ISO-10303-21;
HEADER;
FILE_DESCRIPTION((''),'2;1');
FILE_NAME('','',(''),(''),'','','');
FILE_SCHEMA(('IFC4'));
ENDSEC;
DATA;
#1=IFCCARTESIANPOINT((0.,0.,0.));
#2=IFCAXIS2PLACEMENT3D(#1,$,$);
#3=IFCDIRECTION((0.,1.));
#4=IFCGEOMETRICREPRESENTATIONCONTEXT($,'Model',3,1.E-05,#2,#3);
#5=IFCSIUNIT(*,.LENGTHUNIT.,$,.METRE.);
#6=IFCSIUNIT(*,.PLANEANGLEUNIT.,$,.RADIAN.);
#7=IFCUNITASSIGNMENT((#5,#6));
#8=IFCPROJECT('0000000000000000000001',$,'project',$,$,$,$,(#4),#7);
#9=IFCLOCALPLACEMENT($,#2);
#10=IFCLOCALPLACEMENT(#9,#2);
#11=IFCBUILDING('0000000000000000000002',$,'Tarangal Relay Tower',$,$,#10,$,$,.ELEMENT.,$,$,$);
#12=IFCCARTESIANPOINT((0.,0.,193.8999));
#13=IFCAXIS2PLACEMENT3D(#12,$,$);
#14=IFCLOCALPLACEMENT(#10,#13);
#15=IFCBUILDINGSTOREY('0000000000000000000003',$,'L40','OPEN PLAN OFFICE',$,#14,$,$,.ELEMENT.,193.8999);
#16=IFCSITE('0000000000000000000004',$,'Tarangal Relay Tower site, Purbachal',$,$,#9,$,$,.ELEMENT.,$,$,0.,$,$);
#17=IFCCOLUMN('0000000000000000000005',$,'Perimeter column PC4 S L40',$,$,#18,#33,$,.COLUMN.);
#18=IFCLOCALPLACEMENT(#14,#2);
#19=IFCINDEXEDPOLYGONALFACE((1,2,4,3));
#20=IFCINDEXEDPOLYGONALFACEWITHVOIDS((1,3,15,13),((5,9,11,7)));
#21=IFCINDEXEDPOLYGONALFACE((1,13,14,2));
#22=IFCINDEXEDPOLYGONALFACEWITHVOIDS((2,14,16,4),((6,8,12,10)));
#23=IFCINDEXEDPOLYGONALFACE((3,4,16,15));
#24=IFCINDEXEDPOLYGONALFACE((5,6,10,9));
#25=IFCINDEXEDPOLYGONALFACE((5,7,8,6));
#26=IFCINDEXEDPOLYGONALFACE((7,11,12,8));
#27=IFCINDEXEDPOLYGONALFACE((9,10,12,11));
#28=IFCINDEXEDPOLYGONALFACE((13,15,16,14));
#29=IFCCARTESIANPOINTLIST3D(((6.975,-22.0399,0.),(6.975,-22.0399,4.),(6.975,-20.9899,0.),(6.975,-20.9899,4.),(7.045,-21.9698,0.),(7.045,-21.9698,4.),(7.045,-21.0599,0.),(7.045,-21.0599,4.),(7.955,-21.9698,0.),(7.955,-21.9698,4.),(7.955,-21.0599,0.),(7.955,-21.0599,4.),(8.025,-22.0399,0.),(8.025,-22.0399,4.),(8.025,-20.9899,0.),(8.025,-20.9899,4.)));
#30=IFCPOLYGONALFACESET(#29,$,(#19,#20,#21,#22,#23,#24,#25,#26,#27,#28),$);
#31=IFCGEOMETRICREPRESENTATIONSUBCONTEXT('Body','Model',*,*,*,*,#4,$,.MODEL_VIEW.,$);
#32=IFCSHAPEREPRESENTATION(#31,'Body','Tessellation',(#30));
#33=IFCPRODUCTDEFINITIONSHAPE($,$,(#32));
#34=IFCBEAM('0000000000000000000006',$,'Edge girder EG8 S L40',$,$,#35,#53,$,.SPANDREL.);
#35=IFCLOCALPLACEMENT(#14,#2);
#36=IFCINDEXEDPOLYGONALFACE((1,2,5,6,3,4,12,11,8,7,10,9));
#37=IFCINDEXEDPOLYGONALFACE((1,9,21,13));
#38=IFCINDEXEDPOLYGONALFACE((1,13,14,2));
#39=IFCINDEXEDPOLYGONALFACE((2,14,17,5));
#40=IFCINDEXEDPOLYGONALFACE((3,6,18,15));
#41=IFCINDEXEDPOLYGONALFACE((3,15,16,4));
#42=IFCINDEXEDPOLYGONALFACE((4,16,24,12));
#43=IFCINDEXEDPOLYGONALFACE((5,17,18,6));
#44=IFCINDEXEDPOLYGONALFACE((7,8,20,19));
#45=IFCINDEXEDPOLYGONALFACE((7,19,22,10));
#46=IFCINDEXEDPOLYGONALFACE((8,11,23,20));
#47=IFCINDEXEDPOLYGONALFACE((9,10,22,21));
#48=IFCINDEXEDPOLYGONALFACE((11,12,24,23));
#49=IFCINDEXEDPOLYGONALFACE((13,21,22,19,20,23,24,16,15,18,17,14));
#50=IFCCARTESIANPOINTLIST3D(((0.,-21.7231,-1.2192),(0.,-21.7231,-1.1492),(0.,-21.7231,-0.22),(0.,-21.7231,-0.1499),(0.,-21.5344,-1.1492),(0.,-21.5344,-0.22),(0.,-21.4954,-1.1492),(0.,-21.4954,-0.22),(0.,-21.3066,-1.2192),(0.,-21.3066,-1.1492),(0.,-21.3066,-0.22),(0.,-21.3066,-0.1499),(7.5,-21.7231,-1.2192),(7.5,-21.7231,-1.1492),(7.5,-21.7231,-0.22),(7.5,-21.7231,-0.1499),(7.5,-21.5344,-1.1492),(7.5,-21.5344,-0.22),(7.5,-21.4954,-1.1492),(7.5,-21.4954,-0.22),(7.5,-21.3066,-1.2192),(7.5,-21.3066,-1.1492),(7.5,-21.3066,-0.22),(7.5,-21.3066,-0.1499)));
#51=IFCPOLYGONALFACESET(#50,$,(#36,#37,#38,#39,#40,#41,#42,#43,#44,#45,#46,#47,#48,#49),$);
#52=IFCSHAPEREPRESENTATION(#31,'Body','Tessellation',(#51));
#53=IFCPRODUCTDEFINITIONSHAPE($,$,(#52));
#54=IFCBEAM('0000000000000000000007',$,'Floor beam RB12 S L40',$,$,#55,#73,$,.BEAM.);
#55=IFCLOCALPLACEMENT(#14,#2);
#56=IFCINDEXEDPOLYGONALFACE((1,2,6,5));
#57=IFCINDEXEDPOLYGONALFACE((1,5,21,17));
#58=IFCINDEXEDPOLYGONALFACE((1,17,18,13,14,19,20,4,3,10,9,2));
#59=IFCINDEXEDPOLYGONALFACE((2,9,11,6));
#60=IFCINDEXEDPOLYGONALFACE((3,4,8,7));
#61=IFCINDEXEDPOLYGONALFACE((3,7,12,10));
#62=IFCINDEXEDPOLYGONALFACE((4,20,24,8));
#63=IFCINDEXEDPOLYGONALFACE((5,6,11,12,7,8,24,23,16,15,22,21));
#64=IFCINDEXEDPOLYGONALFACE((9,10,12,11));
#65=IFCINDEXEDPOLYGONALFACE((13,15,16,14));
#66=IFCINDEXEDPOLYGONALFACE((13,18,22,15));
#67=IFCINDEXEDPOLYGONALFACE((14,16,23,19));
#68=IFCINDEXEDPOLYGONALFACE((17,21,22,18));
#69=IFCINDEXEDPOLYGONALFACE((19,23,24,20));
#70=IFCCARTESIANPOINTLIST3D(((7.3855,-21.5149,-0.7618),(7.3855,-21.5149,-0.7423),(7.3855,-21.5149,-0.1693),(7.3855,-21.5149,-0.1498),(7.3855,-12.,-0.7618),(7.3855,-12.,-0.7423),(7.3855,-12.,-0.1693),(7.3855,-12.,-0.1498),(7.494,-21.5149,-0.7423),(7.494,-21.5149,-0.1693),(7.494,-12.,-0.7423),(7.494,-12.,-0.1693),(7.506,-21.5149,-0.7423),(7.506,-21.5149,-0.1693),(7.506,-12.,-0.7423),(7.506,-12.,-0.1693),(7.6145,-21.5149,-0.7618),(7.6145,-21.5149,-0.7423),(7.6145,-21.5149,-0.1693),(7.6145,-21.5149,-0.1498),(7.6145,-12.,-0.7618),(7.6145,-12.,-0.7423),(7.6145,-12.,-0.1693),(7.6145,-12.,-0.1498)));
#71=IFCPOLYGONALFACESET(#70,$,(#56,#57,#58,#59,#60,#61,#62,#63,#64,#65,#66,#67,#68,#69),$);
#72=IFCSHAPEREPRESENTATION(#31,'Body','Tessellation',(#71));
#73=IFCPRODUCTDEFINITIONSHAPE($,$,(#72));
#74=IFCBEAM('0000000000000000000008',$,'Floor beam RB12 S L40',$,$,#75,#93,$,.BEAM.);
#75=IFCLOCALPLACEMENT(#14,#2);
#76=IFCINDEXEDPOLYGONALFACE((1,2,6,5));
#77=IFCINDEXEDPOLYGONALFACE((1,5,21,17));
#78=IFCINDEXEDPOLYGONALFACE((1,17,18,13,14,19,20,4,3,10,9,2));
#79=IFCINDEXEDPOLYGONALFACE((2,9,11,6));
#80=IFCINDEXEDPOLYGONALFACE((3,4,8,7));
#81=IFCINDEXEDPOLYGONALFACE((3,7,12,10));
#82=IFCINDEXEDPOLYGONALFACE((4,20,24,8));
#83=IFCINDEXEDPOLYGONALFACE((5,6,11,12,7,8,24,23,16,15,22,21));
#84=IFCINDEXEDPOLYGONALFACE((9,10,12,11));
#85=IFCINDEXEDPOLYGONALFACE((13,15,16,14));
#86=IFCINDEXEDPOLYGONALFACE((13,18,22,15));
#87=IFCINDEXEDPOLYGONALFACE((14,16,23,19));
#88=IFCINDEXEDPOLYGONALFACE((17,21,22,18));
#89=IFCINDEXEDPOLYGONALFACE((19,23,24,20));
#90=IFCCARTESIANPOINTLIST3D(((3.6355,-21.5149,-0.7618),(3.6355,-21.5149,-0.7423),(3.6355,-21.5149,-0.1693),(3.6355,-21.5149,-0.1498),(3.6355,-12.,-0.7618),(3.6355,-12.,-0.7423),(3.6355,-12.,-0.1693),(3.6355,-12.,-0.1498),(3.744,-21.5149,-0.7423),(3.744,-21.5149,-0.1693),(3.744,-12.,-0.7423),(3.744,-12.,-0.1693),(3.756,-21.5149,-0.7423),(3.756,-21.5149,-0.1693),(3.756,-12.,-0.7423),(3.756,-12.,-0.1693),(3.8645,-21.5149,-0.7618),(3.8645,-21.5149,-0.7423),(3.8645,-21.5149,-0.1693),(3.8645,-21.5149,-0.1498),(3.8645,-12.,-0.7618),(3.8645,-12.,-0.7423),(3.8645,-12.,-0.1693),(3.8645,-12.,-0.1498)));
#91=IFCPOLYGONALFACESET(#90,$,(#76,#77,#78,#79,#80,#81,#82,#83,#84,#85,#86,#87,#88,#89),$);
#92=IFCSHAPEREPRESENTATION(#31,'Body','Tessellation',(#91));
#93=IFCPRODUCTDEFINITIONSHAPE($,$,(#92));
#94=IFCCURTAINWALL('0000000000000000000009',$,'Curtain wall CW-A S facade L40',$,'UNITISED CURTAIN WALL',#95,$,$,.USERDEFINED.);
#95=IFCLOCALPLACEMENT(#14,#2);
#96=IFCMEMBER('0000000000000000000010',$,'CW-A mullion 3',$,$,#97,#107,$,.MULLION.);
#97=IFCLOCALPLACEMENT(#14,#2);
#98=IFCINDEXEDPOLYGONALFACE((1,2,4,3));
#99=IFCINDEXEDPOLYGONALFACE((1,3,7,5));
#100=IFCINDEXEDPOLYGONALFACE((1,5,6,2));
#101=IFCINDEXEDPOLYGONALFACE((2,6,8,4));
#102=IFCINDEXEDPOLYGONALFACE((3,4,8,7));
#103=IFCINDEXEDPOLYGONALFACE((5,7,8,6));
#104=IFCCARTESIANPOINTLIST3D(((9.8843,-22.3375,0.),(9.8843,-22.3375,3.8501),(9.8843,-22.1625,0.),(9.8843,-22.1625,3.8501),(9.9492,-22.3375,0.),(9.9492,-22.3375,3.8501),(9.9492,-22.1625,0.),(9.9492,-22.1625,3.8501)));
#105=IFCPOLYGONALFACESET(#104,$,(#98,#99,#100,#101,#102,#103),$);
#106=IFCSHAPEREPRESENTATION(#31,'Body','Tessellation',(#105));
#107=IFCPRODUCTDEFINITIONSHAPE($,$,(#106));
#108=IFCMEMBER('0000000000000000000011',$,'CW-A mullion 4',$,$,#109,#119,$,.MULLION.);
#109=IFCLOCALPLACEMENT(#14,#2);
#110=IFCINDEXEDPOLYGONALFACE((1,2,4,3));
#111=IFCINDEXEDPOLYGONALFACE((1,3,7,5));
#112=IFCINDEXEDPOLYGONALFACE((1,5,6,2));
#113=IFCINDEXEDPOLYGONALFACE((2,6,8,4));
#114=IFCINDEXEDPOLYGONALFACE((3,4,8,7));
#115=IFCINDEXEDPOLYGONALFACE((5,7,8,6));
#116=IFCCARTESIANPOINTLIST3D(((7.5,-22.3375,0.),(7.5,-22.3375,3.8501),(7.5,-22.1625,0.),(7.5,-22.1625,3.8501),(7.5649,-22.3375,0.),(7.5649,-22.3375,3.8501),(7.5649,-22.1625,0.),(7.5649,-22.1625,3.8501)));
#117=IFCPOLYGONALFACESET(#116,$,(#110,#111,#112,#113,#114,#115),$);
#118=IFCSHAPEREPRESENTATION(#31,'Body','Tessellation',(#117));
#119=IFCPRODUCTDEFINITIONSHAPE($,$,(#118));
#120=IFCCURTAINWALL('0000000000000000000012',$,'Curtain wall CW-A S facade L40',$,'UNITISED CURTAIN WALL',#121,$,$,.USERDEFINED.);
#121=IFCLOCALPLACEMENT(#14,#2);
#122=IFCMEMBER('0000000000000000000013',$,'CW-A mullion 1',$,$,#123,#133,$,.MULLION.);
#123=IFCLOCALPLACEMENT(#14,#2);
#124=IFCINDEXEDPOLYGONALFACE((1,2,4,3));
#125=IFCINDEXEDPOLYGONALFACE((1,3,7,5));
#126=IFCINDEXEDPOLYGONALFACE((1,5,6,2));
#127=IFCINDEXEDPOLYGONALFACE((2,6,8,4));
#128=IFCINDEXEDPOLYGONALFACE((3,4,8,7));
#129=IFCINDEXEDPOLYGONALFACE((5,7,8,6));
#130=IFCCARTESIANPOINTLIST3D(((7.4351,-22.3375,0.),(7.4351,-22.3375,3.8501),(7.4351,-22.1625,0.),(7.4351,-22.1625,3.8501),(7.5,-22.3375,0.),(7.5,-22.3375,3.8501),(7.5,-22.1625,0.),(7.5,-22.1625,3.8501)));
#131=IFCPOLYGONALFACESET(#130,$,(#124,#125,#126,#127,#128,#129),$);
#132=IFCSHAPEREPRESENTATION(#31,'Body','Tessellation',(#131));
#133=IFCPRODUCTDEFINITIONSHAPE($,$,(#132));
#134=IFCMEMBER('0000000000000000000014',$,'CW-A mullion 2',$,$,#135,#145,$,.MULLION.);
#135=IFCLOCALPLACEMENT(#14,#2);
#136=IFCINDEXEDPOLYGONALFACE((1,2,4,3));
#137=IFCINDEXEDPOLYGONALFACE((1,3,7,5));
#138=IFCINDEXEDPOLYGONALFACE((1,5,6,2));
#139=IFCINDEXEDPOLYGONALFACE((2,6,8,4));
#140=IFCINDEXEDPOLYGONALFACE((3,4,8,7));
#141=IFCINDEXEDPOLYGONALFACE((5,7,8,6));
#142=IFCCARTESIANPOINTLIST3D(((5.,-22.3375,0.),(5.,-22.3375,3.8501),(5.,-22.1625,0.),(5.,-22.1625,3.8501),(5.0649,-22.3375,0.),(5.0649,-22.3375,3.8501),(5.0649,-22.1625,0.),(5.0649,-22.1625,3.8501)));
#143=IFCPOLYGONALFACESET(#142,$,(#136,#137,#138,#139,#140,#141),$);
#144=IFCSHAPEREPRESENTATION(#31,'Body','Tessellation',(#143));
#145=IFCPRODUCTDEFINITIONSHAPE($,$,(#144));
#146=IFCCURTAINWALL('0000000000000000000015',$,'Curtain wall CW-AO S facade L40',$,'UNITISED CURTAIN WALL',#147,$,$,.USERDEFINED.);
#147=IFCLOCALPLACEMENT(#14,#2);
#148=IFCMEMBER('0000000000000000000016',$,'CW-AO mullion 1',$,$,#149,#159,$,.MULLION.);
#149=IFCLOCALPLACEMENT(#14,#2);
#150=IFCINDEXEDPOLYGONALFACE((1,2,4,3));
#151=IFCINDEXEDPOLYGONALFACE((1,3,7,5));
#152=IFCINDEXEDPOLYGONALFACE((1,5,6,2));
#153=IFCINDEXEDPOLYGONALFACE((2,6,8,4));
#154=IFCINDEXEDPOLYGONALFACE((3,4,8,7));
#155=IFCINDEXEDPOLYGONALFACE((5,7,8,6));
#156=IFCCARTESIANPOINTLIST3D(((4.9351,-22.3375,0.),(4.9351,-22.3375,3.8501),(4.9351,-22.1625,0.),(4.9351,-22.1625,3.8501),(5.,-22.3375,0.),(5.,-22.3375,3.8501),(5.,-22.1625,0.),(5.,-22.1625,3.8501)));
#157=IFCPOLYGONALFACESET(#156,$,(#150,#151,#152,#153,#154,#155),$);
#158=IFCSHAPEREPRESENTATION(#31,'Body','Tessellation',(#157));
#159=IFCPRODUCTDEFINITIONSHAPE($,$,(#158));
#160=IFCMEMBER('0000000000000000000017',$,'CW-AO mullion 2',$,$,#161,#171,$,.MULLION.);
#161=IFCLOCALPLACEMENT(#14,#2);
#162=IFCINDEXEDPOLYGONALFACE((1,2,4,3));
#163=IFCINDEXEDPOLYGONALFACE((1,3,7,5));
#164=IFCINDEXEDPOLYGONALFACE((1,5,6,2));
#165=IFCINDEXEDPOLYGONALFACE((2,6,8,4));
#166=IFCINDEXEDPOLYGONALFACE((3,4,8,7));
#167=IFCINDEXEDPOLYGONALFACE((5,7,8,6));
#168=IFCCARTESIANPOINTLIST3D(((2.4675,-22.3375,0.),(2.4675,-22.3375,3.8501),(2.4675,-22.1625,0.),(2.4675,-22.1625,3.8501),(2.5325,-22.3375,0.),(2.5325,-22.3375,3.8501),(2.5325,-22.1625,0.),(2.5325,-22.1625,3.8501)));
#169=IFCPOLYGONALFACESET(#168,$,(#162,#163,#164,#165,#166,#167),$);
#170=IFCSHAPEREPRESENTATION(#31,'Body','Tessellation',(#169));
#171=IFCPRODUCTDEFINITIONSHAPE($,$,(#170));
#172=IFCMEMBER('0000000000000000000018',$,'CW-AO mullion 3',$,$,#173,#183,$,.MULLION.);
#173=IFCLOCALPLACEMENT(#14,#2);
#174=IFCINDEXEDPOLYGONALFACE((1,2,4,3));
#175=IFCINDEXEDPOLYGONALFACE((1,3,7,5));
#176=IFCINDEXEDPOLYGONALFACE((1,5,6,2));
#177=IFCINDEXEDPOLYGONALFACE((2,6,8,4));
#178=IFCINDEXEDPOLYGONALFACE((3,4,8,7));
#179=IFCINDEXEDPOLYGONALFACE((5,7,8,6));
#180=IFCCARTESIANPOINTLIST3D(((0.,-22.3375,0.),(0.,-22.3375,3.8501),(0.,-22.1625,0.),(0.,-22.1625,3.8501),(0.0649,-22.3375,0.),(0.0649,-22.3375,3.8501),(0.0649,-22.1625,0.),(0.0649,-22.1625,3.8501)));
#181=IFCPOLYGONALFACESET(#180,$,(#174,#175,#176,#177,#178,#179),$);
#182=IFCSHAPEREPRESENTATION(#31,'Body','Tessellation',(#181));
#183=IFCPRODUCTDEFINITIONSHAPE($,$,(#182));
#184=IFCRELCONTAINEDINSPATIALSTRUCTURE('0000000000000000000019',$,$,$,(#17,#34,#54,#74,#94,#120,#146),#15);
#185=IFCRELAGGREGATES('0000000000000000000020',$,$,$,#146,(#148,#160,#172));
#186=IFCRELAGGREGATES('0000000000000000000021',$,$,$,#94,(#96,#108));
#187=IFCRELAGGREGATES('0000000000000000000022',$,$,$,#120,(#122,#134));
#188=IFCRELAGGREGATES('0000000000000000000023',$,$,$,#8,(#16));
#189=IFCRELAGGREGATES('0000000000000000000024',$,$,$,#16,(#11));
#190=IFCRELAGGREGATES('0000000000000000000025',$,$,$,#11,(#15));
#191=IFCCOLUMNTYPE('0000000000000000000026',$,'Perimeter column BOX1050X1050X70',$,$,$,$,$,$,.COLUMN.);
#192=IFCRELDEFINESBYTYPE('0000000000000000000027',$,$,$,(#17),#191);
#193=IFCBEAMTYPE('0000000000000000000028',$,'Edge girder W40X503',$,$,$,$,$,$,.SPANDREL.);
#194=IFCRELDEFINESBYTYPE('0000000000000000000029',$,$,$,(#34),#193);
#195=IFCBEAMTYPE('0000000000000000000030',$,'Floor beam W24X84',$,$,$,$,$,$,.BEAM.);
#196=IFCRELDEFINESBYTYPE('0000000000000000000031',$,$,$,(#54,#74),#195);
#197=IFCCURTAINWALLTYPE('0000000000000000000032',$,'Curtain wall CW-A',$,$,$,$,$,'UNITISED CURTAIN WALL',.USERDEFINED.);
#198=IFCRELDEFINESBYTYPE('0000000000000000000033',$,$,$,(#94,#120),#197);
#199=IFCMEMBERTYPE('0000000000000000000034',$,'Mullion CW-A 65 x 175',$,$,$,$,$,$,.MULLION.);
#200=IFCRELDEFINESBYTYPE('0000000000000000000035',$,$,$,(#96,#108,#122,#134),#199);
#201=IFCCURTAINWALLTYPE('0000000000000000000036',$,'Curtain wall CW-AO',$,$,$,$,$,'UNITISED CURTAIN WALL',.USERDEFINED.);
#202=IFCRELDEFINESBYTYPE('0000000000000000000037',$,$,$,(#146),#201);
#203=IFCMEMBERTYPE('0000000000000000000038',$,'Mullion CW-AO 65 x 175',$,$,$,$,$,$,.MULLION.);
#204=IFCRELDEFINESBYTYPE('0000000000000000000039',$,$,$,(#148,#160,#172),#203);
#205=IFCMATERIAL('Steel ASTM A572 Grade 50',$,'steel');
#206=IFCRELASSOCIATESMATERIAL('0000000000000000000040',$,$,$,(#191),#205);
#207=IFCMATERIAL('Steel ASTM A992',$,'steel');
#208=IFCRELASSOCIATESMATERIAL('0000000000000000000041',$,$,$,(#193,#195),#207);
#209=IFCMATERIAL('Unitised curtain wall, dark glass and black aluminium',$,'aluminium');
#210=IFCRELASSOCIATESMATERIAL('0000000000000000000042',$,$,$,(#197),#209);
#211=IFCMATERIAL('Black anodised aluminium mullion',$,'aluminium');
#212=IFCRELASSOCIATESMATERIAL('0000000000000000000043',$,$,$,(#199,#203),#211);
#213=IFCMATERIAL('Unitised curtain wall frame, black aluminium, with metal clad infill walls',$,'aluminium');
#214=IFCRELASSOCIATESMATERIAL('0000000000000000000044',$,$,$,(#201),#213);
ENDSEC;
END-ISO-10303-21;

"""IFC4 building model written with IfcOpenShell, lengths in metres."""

from ifc_helpers import new_model, si_unit, direction, frame, origin, origin_2d, place, context, subcontext, project, spatial, rectangle, hollow_rectangle, i_section, extrude, material, material_profile, profile_set, type_object, element, aggregate, save


model = new_model("IFC4")

# Units and contexts
model_context = context("Model", 3, precision=1e-05, world=origin(), true_north=direction((0.0, 1.0)))
body_context = subcontext(model_context, "Body", "Model", "MODEL_VIEW")
ifc_project = project(units=[si_unit("LENGTHUNIT", "METRE"), si_unit("PLANEANGLEUNIT", "RADIAN")], contexts=[model_context])

# Site, building, storey
site_placement = place(None, origin())
site = spatial("IfcSite", under=ifc_project, at=site_placement, Name="Tarangal Relay Tower site, Purbachal", CompositionType="ELEMENT", RefElevation=0.0)
building_placement = place(site_placement, origin())
building = spatial("IfcBuilding", under=site, at=building_placement, Name="Tarangal Relay Tower", CompositionType="ELEMENT")
storey_placement = place(building_placement, frame((0.0, 0.0, 193.8999)))
storey = spatial("IfcBuildingStorey", under=building, at=storey_placement, Name="L40", Description="OPEN PLAN OFFICE", CompositionType="ELEMENT", Elevation=193.8999)

# Column
ifc_material_1 = material(Name="Steel ASTM A572 Grade 50", Category="steel")
ifc_material_profile_1 = material_profile(ifc_material_1, hollow_rectangle(XDim=1.05, YDim=1.05, WallThickness=0.0701, at=origin_2d()), Name="BOX1050X1050X70")
ifc_profile_set_1 = profile_set([ifc_material_profile_1], Name="Steel ASTM A572 Grade 50")
column_type = type_object("IfcColumnType", Name="Perimeter column BOX1050X1050X70", PredefinedType="COLUMN", material=ifc_profile_set_1)
column_placement = place(storey_placement, frame((7.5, -21.5149, 0.0), z_axis=(0.0, 0.0, 1.0), x_axis=(1.0, 0.0, 0.0)))
element("IfcColumn", 1, at=column_placement, inside=storey, type_object=column_type, Name="Perimeter column PC4 S L40", PredefinedType="COLUMN", context=body_context, shape_type="SweptSolid", body=[
    extrude(hollow_rectangle(XDim=1.05, YDim=1.05, WallThickness=0.0701, at=origin_2d()), origin(), (0.0, 0.0, 1.0), 4.0),
])

# Beams
ifc_material_2 = material(Name="Steel ASTM A992", Category="steel")
ifc_material_profile_2 = material_profile(ifc_material_2, i_section(OverallWidth=0.4165, OverallDepth=1.0693, WebThickness=0.0391, FlangeThickness=0.0701, at=origin_2d()), Name="W40X503")
ifc_profile_set_2 = profile_set([ifc_material_profile_2], Name="Steel ASTM A992")
beam_type_1 = type_object("IfcBeamType", Name="Edge girder W40X503", PredefinedType="SPANDREL", material=ifc_profile_set_2)
beam_placement = place(storey_placement, frame((7.5, -21.5149, -0.6846), z_axis=(-1.0, 0.0, 0.0), x_axis=(0.0, -1.0, 0.0)))
element("IfcBeam", 2, at=beam_placement, inside=storey, type_object=beam_type_1, Name="Edge girder EG8 S L40", PredefinedType="SPANDREL", context=body_context, shape_type="SweptSolid", body=[
    extrude(i_section(OverallWidth=0.4165, OverallDepth=1.0693, WebThickness=0.0391, FlangeThickness=0.0701, at=origin_2d()), origin(), (0.0, 0.0, 1.0), 7.5),
])
ifc_material_profile_3 = material_profile(ifc_material_2, i_section(OverallWidth=0.229, OverallDepth=0.6121, WebThickness=0.012, FlangeThickness=0.0195, at=origin_2d()), Name="W24X84")
ifc_profile_set_3 = profile_set([ifc_material_profile_3], Name="Steel ASTM A992")
beam_type_2 = type_object("IfcBeamType", Name="Floor beam W24X84", PredefinedType="BEAM", material=ifc_profile_set_3)
for number, where, z_axis, x_axis, name in (
    (3, (7.5, -12.0, -0.4558), (0.0, -1.0, 0.0), (1.0, 0.0, 0.0), "Floor beam RB12 S L40"),
    (4, (3.75, -12.0, -0.4558), (0.0, -1.0, 0.0), (1.0, 0.0, 0.0), "Floor beam RB12 S L40"),
):
    element("IfcBeam", number, at=place(storey_placement, frame(where, z_axis=z_axis, x_axis=x_axis)), inside=storey, type_object=beam_type_2, Name=name, PredefinedType="BEAM", context=body_context, shape_type="SweptSolid", body=[
        extrude(i_section(OverallWidth=0.229, OverallDepth=0.6121, WebThickness=0.012, FlangeThickness=0.0195, at=origin_2d()), origin(), (0.0, 0.0, 1.0), 9.5149),
    ])

# Curtain walls, members
ifc_material_3 = material(Name="Unitised curtain wall, dark glass and black aluminium", Category="aluminium")
curtain_wall_type_1 = type_object("IfcCurtainWallType", Name="Curtain wall CW-A", ElementType="UNITISED CURTAIN WALL", PredefinedType="USERDEFINED", material=ifc_material_3)
curtain_wall_1_placement = place(storey_placement, origin())
curtain_wall_1 = element("IfcCurtainWall", 5, at=curtain_wall_1_placement, inside=storey, type_object=curtain_wall_type_1, Name="Curtain wall CW-A S facade L40", ObjectType="UNITISED CURTAIN WALL", PredefinedType="USERDEFINED")
ifc_material_4 = material(Name="Black anodised aluminium mullion", Category="aluminium")
ifc_material_profile_4 = material_profile(ifc_material_4, rectangle(XDim=0.175, YDim=0.0649, at=origin_2d()), Name="CW-AM 65X175")
ifc_profile_set_4 = profile_set([ifc_material_profile_4], Name="Black anodised aluminium mullion")
member_type_1 = type_object("IfcMemberType", Name="Mullion CW-A 65 x 175", PredefinedType="MULLION", material=ifc_profile_set_4)
member_1_placement = place(storey_placement, frame((9.9167, -22.25, 0.0), z_axis=(0.0, 0.0, 1.0), x_axis=(0.0, -1.0, 0.0)))
member_1 = element("IfcMember", 6, at=member_1_placement, type_object=member_type_1, Name="CW-A mullion 3", PredefinedType="MULLION", context=body_context, shape_type="SweptSolid", body=[
    extrude(rectangle(XDim=0.175, YDim=0.0649, at=origin_2d()), origin(), (0.0, 0.0, 1.0), 3.8501),
])
member_2_placement = place(storey_placement, frame((7.5325, -22.25, 0.0), z_axis=(0.0, 0.0, 1.0), x_axis=(0.0, -1.0, 0.0)))
member_2 = element("IfcMember", 7, at=member_2_placement, type_object=member_type_1, Name="CW-A mullion 4", PredefinedType="MULLION", context=body_context, shape_type="SweptSolid", body=[
    extrude(rectangle(XDim=0.175, YDim=0.0649, at=origin_2d()), origin(), (0.0, 0.0, 1.0), 3.8501),
])
curtain_wall_2_placement = place(storey_placement, origin())
curtain_wall_2 = element("IfcCurtainWall", 8, at=curtain_wall_2_placement, inside=storey, type_object=curtain_wall_type_1, Name="Curtain wall CW-A S facade L40", ObjectType="UNITISED CURTAIN WALL", PredefinedType="USERDEFINED")
member_3_placement = place(storey_placement, frame((7.4675, -22.25, 0.0), z_axis=(0.0, 0.0, 1.0), x_axis=(0.0, -1.0, 0.0)))
member_3 = element("IfcMember", 9, at=member_3_placement, type_object=member_type_1, Name="CW-A mullion 1", PredefinedType="MULLION", context=body_context, shape_type="SweptSolid", body=[
    extrude(rectangle(XDim=0.175, YDim=0.0649, at=origin_2d()), origin(), (0.0, 0.0, 1.0), 3.8501),
])
member_4_placement = place(storey_placement, frame((5.0325, -22.25, 0.0), z_axis=(0.0, 0.0, 1.0), x_axis=(0.0, -1.0, 0.0)))
member_4 = element("IfcMember", 10, at=member_4_placement, type_object=member_type_1, Name="CW-A mullion 2", PredefinedType="MULLION", context=body_context, shape_type="SweptSolid", body=[
    extrude(rectangle(XDim=0.175, YDim=0.0649, at=origin_2d()), origin(), (0.0, 0.0, 1.0), 3.8501),
])
ifc_material_5 = material(Name="Unitised curtain wall frame, black aluminium, with metal clad infill walls", Category="aluminium")
curtain_wall_type_2 = type_object("IfcCurtainWallType", Name="Curtain wall CW-AO", ElementType="UNITISED CURTAIN WALL", PredefinedType="USERDEFINED", material=ifc_material_5)
curtain_wall_3_placement = place(storey_placement, origin())
curtain_wall_3 = element("IfcCurtainWall", 11, at=curtain_wall_3_placement, inside=storey, type_object=curtain_wall_type_2, Name="Curtain wall CW-AO S facade L40", ObjectType="UNITISED CURTAIN WALL", PredefinedType="USERDEFINED")
ifc_material_profile_5 = material_profile(ifc_material_4, rectangle(XDim=0.175, YDim=0.0649, at=origin_2d()), Name="CW-AOM 65X175")
ifc_profile_set_5 = profile_set([ifc_material_profile_5], Name="Black anodised aluminium mullion")
member_type_2 = type_object("IfcMemberType", Name="Mullion CW-AO 65 x 175", PredefinedType="MULLION", material=ifc_profile_set_5)
member_5_placement = place(storey_placement, frame((4.9675, -22.25, 0.0), z_axis=(0.0, 0.0, 1.0), x_axis=(0.0, -1.0, 0.0)))
member_5 = element("IfcMember", 12, at=member_5_placement, type_object=member_type_2, Name="CW-AO mullion 1", PredefinedType="MULLION", context=body_context, shape_type="SweptSolid", body=[
    extrude(rectangle(XDim=0.175, YDim=0.0649, at=origin_2d()), origin(), (0.0, 0.0, 1.0), 3.8501),
])
member_6_placement = place(storey_placement, frame((2.5, -22.25, 0.0), z_axis=(0.0, 0.0, 1.0), x_axis=(0.0, -1.0, 0.0)))
member_6 = element("IfcMember", 13, at=member_6_placement, type_object=member_type_2, Name="CW-AO mullion 2", PredefinedType="MULLION", context=body_context, shape_type="SweptSolid", body=[
    extrude(rectangle(XDim=0.175, YDim=0.0649, at=origin_2d()), origin(), (0.0, 0.0, 1.0), 3.8501),
])
member_7_placement = place(storey_placement, frame((0.0325, -22.25, 0.0), z_axis=(0.0, 0.0, 1.0), x_axis=(0.0, -1.0, 0.0)))
member_7 = element("IfcMember", 14, at=member_7_placement, type_object=member_type_2, Name="CW-AO mullion 3", PredefinedType="MULLION", context=body_context, shape_type="SweptSolid", body=[
    extrude(rectangle(XDim=0.175, YDim=0.0649, at=origin_2d()), origin(), (0.0, 0.0, 1.0), 3.8501),
])

aggregate(curtain_wall_3, [member_5, member_6, member_7])

aggregate(curtain_wall_1, [member_1, member_2])
aggregate(curtain_wall_2, [member_3, member_4])

save(model, "model.ifc")
